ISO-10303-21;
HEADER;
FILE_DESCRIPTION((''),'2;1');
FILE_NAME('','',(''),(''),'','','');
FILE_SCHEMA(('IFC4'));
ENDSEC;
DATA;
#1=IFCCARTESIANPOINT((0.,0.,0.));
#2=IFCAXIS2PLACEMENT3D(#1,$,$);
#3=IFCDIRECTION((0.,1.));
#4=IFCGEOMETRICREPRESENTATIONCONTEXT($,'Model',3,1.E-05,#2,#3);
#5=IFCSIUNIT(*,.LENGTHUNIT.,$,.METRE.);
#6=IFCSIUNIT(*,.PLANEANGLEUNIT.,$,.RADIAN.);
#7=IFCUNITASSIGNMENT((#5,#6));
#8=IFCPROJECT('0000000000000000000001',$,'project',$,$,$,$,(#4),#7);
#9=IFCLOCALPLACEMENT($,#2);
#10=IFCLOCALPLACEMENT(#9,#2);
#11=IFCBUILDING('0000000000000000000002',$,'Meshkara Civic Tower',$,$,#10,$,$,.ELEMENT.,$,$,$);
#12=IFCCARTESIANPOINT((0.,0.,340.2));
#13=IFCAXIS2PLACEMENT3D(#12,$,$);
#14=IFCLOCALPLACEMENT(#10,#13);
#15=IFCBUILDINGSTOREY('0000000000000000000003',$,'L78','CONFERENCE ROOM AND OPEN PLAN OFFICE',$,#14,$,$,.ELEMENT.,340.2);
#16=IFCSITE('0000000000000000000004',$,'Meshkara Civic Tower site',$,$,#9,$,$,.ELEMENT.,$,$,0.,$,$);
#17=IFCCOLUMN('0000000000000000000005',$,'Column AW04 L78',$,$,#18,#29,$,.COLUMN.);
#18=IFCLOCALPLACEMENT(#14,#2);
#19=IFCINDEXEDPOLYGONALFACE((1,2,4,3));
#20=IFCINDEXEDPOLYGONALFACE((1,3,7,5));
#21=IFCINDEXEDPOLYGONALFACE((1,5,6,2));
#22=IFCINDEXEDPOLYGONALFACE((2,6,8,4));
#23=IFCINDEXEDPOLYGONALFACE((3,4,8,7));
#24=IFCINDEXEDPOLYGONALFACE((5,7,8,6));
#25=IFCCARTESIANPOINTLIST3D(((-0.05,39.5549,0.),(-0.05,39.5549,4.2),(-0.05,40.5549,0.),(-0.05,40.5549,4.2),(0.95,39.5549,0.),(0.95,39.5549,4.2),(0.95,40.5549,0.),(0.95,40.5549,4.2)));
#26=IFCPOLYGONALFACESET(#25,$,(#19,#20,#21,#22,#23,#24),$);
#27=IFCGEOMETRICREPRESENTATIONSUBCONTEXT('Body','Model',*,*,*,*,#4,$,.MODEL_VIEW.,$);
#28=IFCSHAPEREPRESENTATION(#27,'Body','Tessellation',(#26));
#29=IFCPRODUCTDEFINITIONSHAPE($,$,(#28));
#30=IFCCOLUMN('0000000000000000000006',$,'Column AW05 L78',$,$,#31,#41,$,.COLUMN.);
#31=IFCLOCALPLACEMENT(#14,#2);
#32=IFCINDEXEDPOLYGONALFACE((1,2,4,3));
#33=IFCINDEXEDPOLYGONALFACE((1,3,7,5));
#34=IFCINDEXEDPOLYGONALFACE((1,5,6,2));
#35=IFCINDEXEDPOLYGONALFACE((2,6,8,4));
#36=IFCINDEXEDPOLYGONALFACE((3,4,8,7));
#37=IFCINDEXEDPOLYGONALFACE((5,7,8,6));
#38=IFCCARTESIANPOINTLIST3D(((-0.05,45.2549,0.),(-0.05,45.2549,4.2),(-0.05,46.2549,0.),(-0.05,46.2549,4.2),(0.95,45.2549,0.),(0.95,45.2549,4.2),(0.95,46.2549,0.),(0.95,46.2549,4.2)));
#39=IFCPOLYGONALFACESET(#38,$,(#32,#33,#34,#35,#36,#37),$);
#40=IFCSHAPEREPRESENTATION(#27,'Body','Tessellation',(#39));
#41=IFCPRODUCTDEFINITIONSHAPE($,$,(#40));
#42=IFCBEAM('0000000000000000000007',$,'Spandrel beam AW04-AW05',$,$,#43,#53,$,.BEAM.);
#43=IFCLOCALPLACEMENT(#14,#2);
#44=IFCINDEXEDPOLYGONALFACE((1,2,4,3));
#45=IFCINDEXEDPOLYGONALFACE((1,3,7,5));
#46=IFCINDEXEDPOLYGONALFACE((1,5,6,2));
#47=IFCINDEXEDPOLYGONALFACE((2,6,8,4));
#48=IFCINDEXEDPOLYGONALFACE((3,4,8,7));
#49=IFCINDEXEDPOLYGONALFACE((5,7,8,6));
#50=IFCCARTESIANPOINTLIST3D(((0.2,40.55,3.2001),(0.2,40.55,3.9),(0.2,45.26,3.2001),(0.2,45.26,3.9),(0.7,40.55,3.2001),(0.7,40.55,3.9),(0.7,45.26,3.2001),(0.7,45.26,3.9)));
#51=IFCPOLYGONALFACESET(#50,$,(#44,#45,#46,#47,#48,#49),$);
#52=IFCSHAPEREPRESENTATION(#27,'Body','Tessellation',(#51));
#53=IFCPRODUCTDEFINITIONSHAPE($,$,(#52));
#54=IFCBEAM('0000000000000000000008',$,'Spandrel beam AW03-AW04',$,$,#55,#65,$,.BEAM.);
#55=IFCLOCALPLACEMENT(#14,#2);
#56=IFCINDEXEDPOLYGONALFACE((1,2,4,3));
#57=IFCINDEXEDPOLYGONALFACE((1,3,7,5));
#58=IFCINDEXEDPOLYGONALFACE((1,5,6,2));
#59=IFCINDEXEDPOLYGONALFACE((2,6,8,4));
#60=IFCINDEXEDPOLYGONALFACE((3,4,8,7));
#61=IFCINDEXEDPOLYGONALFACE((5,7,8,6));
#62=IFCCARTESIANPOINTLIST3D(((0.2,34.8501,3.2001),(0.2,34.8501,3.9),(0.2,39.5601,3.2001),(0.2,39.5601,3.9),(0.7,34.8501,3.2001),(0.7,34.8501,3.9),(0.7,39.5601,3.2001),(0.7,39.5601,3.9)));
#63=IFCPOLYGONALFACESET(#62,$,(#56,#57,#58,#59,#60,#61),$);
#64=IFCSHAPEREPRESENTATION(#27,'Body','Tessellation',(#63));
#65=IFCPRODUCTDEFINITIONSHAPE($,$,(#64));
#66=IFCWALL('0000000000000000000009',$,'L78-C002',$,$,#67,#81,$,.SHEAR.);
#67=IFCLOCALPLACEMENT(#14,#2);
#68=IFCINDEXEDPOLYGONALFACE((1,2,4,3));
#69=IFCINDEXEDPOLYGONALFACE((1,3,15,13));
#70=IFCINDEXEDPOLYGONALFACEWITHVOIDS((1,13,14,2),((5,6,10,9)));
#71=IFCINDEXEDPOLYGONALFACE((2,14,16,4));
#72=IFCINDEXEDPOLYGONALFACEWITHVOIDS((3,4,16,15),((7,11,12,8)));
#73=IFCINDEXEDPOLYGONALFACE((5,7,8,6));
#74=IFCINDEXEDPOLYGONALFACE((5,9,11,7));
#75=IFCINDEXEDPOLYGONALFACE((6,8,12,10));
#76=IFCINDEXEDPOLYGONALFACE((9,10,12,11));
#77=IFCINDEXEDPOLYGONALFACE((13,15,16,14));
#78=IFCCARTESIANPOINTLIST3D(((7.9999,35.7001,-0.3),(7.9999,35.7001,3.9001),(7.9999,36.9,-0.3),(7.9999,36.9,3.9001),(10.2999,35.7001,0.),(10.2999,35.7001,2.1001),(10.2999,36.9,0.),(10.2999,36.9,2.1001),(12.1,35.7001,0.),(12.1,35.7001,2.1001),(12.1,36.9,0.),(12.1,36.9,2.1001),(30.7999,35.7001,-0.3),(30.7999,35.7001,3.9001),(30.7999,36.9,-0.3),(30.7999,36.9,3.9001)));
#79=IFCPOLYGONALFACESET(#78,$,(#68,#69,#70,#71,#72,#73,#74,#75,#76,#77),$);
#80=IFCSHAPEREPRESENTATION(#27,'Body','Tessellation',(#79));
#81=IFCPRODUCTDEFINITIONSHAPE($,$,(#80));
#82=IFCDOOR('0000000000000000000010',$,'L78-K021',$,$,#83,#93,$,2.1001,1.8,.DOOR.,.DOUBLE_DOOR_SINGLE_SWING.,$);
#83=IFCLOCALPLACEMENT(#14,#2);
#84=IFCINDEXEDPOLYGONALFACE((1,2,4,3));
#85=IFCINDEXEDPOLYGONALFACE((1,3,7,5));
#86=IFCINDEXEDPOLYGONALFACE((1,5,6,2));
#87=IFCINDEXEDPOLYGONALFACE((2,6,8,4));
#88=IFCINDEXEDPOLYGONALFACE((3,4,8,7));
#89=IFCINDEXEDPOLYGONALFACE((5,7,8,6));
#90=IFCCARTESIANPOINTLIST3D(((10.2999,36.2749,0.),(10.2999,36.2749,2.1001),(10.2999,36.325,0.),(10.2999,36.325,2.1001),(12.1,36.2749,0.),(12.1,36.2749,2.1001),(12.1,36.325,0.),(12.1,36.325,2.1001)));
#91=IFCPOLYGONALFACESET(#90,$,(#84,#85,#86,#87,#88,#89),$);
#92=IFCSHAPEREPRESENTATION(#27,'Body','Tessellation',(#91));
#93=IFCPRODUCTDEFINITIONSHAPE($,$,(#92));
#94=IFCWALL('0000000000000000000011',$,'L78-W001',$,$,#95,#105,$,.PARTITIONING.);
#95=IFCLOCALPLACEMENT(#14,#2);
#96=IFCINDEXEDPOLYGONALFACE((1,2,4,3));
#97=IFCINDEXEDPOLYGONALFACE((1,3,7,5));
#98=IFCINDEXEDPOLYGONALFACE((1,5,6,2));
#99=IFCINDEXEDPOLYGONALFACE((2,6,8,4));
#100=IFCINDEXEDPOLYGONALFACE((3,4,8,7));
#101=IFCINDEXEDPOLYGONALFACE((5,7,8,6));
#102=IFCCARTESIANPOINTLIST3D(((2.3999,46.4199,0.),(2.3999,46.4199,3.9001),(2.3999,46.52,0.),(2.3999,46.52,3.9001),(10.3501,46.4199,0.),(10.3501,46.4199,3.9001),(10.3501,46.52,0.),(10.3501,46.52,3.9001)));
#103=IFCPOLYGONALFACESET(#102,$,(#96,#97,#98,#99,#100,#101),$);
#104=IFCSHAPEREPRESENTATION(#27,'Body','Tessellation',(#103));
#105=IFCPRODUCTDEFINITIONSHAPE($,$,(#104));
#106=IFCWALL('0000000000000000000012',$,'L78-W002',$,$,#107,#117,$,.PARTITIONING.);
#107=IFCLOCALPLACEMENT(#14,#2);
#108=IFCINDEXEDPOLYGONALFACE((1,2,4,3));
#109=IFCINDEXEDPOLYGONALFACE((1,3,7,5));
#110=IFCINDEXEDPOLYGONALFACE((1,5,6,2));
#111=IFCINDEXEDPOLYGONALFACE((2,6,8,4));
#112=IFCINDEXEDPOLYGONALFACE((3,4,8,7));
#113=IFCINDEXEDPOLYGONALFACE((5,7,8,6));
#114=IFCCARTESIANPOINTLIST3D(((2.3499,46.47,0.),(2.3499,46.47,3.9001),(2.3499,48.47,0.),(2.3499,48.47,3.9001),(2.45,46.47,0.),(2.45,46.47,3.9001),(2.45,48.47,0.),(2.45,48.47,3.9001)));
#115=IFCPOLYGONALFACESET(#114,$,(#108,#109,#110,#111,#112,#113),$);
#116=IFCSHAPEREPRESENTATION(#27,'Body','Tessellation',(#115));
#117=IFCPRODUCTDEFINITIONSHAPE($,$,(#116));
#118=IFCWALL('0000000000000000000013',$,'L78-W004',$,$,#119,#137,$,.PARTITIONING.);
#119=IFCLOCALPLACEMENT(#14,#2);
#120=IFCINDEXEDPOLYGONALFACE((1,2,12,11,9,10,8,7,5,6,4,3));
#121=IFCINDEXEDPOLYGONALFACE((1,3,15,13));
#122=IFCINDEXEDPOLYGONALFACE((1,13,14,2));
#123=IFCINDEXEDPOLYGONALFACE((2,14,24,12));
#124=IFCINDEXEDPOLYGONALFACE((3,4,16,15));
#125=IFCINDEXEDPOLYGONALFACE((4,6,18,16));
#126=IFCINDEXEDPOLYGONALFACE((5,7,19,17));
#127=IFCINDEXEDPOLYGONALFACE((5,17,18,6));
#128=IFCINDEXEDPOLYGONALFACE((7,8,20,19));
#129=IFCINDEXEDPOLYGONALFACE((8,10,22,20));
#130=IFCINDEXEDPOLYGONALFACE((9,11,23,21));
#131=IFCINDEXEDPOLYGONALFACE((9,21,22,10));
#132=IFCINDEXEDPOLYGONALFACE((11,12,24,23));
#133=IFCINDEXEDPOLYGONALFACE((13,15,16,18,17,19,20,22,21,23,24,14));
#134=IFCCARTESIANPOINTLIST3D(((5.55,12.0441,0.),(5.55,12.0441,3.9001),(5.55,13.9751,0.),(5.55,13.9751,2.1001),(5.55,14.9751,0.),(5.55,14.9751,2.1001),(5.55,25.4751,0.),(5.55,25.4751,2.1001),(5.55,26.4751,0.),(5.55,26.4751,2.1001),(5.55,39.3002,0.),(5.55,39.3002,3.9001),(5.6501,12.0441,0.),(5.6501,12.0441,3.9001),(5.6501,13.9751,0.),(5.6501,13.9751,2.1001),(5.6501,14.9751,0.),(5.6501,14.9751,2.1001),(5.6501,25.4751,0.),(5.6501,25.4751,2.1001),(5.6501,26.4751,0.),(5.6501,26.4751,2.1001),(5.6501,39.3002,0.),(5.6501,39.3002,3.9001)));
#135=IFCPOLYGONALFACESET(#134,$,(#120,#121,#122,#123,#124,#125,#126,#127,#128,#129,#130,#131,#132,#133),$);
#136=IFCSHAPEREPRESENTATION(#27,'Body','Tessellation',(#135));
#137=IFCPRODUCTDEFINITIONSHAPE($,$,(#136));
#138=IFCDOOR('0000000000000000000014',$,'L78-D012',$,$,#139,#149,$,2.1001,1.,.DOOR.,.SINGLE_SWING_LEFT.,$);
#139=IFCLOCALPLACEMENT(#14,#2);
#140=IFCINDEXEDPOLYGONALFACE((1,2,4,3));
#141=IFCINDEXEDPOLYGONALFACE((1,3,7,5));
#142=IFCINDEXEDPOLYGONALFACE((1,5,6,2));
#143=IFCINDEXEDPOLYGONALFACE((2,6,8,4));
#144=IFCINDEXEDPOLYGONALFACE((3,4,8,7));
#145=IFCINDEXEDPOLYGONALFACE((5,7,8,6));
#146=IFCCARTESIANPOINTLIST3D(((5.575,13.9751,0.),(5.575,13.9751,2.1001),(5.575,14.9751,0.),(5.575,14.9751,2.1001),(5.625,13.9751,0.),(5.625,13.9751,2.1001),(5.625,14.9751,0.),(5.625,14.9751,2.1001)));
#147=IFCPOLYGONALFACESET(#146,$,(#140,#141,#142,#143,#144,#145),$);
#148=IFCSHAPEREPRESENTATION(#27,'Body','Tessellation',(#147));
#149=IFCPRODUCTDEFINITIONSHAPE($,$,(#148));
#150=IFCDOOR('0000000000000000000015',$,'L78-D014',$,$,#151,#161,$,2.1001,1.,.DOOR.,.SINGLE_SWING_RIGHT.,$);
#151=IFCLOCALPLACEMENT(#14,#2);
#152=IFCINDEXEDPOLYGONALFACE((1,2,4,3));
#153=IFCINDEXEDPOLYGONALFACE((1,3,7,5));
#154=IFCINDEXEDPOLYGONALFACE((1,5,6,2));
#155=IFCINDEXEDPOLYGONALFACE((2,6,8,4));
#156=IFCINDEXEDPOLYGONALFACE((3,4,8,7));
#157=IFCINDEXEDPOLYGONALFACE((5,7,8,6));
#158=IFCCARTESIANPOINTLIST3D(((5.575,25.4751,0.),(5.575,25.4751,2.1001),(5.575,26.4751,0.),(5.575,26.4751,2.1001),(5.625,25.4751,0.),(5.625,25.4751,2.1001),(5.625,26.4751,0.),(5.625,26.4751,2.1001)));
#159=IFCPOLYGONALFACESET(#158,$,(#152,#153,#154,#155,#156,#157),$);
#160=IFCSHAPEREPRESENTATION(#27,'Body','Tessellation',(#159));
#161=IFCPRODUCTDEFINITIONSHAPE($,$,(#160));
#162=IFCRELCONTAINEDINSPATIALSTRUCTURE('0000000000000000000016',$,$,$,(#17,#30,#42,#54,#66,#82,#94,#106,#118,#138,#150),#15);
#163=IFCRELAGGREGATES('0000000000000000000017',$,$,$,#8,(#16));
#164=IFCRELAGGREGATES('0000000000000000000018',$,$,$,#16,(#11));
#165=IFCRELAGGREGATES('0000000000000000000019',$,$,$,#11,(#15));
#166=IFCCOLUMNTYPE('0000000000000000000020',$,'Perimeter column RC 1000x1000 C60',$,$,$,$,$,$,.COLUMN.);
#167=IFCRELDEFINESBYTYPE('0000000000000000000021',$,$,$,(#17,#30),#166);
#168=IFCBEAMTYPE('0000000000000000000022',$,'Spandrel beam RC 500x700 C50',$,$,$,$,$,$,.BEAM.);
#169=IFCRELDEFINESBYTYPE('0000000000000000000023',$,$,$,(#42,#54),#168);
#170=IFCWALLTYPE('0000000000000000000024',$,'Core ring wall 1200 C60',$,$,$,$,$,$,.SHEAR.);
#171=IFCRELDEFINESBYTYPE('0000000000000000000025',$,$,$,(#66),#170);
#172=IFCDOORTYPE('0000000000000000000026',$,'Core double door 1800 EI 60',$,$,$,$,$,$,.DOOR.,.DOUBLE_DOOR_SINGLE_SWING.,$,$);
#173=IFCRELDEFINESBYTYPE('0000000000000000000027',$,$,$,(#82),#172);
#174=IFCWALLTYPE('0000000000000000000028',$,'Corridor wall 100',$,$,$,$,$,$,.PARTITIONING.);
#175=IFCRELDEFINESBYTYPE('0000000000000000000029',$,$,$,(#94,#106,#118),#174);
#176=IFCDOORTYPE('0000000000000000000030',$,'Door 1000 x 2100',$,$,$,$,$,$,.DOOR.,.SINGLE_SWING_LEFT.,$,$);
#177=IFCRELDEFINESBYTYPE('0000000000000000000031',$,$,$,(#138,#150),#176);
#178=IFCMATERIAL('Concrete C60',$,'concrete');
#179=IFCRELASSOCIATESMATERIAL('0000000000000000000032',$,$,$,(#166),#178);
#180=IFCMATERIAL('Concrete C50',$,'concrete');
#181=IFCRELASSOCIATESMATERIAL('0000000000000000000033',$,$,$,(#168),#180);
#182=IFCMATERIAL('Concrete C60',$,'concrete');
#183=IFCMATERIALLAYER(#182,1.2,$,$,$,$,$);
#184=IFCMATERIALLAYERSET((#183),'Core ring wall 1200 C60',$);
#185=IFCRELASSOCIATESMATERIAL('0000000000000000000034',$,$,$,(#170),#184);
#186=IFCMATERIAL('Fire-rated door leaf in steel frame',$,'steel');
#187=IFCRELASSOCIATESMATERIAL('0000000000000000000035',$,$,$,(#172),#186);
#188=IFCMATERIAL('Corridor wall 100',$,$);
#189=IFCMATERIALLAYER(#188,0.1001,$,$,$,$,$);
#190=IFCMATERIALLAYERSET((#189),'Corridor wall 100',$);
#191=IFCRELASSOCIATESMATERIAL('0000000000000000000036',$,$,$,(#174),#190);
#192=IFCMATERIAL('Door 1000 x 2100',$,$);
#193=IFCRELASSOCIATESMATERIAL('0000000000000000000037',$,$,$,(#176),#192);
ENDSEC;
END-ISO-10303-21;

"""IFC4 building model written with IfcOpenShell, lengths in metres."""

from ifc_helpers import new_model, si_unit, direction, frame, frame_2d, origin, origin_2d, place, context, subcontext, project, spatial, rectangle, extrude, material, layer, layer_set, material_profile, profile_set, type_object, element, fill, save


model = new_model("IFC4")

# Units and contexts
model_context = context("Model", 3, precision=1e-05, world=origin(), true_north=direction((0.0, 1.0)))
body_context = subcontext(model_context, "Body", "Model", "MODEL_VIEW")
ifc_project = project(units=[si_unit("LENGTHUNIT", "METRE"), si_unit("PLANEANGLEUNIT", "RADIAN")], contexts=[model_context])

# Site, building, storey
site_placement = place(None, origin())
site = spatial("IfcSite", under=ifc_project, at=site_placement, Name="Meshkara Civic Tower site", CompositionType="ELEMENT", RefElevation=0.0)
building_placement = place(site_placement, origin())
building = spatial("IfcBuilding", under=site, at=building_placement, Name="Meshkara Civic Tower", CompositionType="ELEMENT")
storey_placement = place(building_placement, frame((0.0, 0.0, 340.2)))
storey = spatial("IfcBuildingStorey", under=building, at=storey_placement, Name="L78", Description="CONFERENCE ROOM AND OPEN PLAN OFFICE", CompositionType="ELEMENT", Elevation=340.2)

# Columns
ifc_material_1 = material(Name="Concrete C60", Category="concrete")
ifc_material_profile_1 = material_profile(ifc_material_1, rectangle(XDim=1.0, YDim=1.0, at=origin_2d()))
ifc_profile_set_1 = profile_set([ifc_material_profile_1], Name="Concrete C60")
column_type = type_object("IfcColumnType", Name="Perimeter column RC 1000x1000 C60", PredefinedType="COLUMN", material=ifc_profile_set_1)
for number, where, z_axis, x_axis, name in (
    (1, (0.45, 40.0549, 0.0), (0.0, 0.0, 1.0), (1.0, 0.0, 0.0), "Column AW04 L78"),
    (2, (0.45, 45.7549, 0.0), (0.0, 0.0, 1.0), (1.0, 0.0, 0.0), "Column AW05 L78"),
):
    element("IfcColumn", number, at=place(storey_placement, frame(where, z_axis=z_axis, x_axis=x_axis)), inside=storey, type_object=column_type, Name=name, PredefinedType="COLUMN", context=body_context, shape_type="SweptSolid", body=[
        extrude(rectangle(XDim=1.0, YDim=1.0, at=origin_2d()), origin(), (0.0, 0.0, 1.0), 4.2),
    ])

# Beams
ifc_material_2 = material(Name="Concrete C50", Category="concrete")
ifc_material_profile_2 = material_profile(ifc_material_2, rectangle(XDim=0.5, YDim=0.7, at=origin_2d()))
ifc_profile_set_2 = profile_set([ifc_material_profile_2], Name="Concrete C50")
beam_type = type_object("IfcBeamType", Name="Spandrel beam RC 500x700 C50", PredefinedType="BEAM", material=ifc_profile_set_2)
for number, where, z_axis, x_axis, name in (
    (3, (0.45, 45.26, 3.55), (0.0, -1.0, 0.0), (1.0, 0.0, 0.0), "Spandrel beam AW04-AW05"),
    (4, (0.45, 39.5601, 3.55), (0.0, -1.0, 0.0), (1.0, 0.0, 0.0), "Spandrel beam AW03-AW04"),
):
    element("IfcBeam", number, at=place(storey_placement, frame(where, z_axis=z_axis, x_axis=x_axis)), inside=storey, type_object=beam_type, Name=name, PredefinedType="BEAM", context=body_context, shape_type="SweptSolid", body=[
        extrude(rectangle(XDim=0.5, YDim=0.7, at=origin_2d()), origin(), (0.0, 0.0, 1.0), 4.71),
    ])

# Wall, opening, door
ifc_material_3 = material(Name="Concrete C60", Category="concrete")
ifc_layer_1 = layer(ifc_material_3, 1.2)
ifc_layer_set_1 = layer_set([ifc_layer_1], Name="Core ring wall 1200 C60")
wall_type_1 = type_object("IfcWallType", Name="Core ring wall 1200 C60", PredefinedType="SHEAR", material=ifc_layer_set_1)
wall_1_placement = place(storey_placement, frame((8.0, 36.3, -0.3), z_axis=(0.0, 0.0, 1.0), x_axis=(1.0, 0.0, 0.0)))
wall_1 = element("IfcWall", 5, at=wall_1_placement, inside=storey, type_object=wall_type_1, Name="L78-C002", PredefinedType="SHEAR", context=body_context, shape_type="SweptSolid", body=[
    extrude(rectangle(XDim=22.8, YDim=1.2, at=frame_2d((11.3999, 0.0))), origin(), (0.0, 0.0, 1.0), 4.2002),
])
opening_1_placement = place(wall_1_placement, frame((2.3, 0.0, 0.3)))
opening_1 = element("IfcOpeningElement", 6, at=opening_1_placement, cuts=wall_1, PredefinedType="OPENING", context=body_context, shape_type="SweptSolid", body=[
    extrude(rectangle(XDim=1.8, YDim=2.1001, at=frame_2d((0.8999, 1.05))), frame((0.0, 0.6099, 0.0), z_axis=(0.0, -1.0, 0.0), x_axis=(1.0, 0.0, 0.0)), (0.0, 0.0, 1.0), 1.22),
])
ifc_material_4 = material(Name="Fire-rated door leaf in steel frame", Category="steel")
door_type_1 = type_object("IfcDoorType", Name="Core double door 1800 EI 60", OperationType="DOUBLE_DOOR_SINGLE_SWING", PredefinedType="DOOR", material=ifc_material_4)
door_1_placement = place(opening_1_placement, origin())
door_1 = element("IfcDoor", 7, at=door_1_placement, inside=storey, type_object=door_type_1, Name="L78-K021", OperationType="DOUBLE_DOOR_SINGLE_SWING", OverallHeight=2.1001, OverallWidth=1.8, PredefinedType="DOOR", context=body_context, shape_type="SweptSolid", body=[
    extrude(rectangle(XDim=1.8, YDim=2.1001, at=frame_2d((0.8999, 1.05))), frame((0.0, 0.0249, 0.0), z_axis=(0.0, -1.0, 0.0), x_axis=(1.0, 0.0, 0.0)), (0.0, 0.0, 1.0), 0.05),
])
fill(opening_1, door_1)

# Walls
ifc_material_5 = material(Name="Corridor wall 100")
ifc_layer_2 = layer(ifc_material_5, 0.1001)
ifc_layer_set_2 = layer_set([ifc_layer_2], Name="Corridor wall 100")
wall_type_2 = type_object("IfcWallType", Name="Corridor wall 100", PredefinedType="PARTITIONING", material=ifc_layer_set_2)
wall_2_placement = place(storey_placement, frame((2.3999, 46.47, 0.0), z_axis=(0.0, 0.0, 1.0), x_axis=(1.0, 0.0, 0.0)))
element("IfcWall", 8, at=wall_2_placement, inside=storey, type_object=wall_type_2, Name="L78-W001", PredefinedType="PARTITIONING", context=body_context, shape_type="SweptSolid", body=[
    extrude(rectangle(XDim=7.9502, YDim=0.1001, at=frame_2d((3.9751, 0.0))), origin(), (0.0, 0.0, 1.0), 3.9001),
])
wall_3_placement = place(storey_placement, frame((2.3999, 48.47, 0.0), z_axis=(0.0, 0.0, 1.0), x_axis=(0.0, -1.0, 0.0)))
element("IfcWall", 9, at=wall_3_placement, inside=storey, type_object=wall_type_2, Name="L78-W002", PredefinedType="PARTITIONING", context=body_context, shape_type="SweptSolid", body=[
    extrude(rectangle(XDim=2.0, YDim=0.1001, at=frame_2d((1.0, 0.0))), origin(), (0.0, 0.0, 1.0), 3.9001),
])

# Wall, openings, doors
wall_4_placement = place(storey_placement, frame((5.6001, 39.3, 0.0), z_axis=(0.0, 0.0, 1.0), x_axis=(0.0, -1.0, 0.0)))
wall_4 = element("IfcWall", 10, at=wall_4_placement, inside=storey, type_object=wall_type_2, Name="L78-W004", PredefinedType="PARTITIONING", context=body_context, shape_type="SweptSolid", body=[
    extrude(rectangle(XDim=27.2561, YDim=0.1001, at=frame_2d((13.6279, 0.0))), origin(), (0.0, 0.0, 1.0), 3.9001),
])
opening_2_placement = place(wall_4_placement, frame((24.325, 0.0, 0.0)))
opening_2 = element("IfcOpeningElement", 11, at=opening_2_placement, cuts=wall_4, PredefinedType="OPENING", context=body_context, shape_type="SweptSolid", body=[
    extrude(rectangle(XDim=1.0, YDim=2.1001, at=frame_2d((0.5, 1.05))), frame((0.0, 0.0601, 0.0), z_axis=(0.0, -1.0, 0.0), x_axis=(1.0, 0.0, 0.0)), (0.0, 0.0, 1.0), 0.1201),
])
opening_3_placement = place(wall_4_placement, frame((12.825, 0.0, 0.0)))
opening_3 = element("IfcOpeningElement", 12, at=opening_3_placement, cuts=wall_4, PredefinedType="OPENING", context=body_context, shape_type="SweptSolid", body=[
    extrude(rectangle(XDim=1.0, YDim=2.1001, at=frame_2d((0.5, 1.05))), frame((0.0, 0.0601, 0.0), z_axis=(0.0, -1.0, 0.0), x_axis=(1.0, 0.0, 0.0)), (0.0, 0.0, 1.0), 0.1201),
])
ifc_material_6 = material(Name="Door 1000 x 2100")
door_type_2 = type_object("IfcDoorType", Name="Door 1000 x 2100", OperationType="SINGLE_SWING_LEFT", PredefinedType="DOOR", material=ifc_material_6)
door_2_placement = place(opening_2_placement, origin())
door_2 = element("IfcDoor", 13, at=door_2_placement, inside=storey, type_object=door_type_2, Name="L78-D012", OperationType="SINGLE_SWING_LEFT", OverallHeight=2.1001, OverallWidth=1.0, PredefinedType="DOOR", context=body_context, shape_type="SweptSolid", body=[
    extrude(rectangle(XDim=1.0, YDim=2.1001, at=frame_2d((0.5, 1.05))), frame((0.0, 0.0249, 0.0), z_axis=(0.0, -1.0, 0.0), x_axis=(1.0, 0.0, 0.0)), (0.0, 0.0, 1.0), 0.05),
])
fill(opening_2, door_2)
door_3_placement = place(opening_3_placement, origin())
door_3 = element("IfcDoor", 14, at=door_3_placement, inside=storey, type_object=door_type_2, Name="L78-D014", OperationType="SINGLE_SWING_RIGHT", OverallHeight=2.1001, OverallWidth=1.0, PredefinedType="DOOR", context=body_context, shape_type="SweptSolid", body=[
    extrude(rectangle(XDim=1.0, YDim=2.1001, at=frame_2d((0.5, 1.05))), frame((0.0, 0.0249, 0.0), z_axis=(0.0, -1.0, 0.0), x_axis=(1.0, 0.0, 0.0)), (0.0, 0.0, 1.0), 0.05),
])
fill(opening_3, door_3)

save(model, "model.ifc")
